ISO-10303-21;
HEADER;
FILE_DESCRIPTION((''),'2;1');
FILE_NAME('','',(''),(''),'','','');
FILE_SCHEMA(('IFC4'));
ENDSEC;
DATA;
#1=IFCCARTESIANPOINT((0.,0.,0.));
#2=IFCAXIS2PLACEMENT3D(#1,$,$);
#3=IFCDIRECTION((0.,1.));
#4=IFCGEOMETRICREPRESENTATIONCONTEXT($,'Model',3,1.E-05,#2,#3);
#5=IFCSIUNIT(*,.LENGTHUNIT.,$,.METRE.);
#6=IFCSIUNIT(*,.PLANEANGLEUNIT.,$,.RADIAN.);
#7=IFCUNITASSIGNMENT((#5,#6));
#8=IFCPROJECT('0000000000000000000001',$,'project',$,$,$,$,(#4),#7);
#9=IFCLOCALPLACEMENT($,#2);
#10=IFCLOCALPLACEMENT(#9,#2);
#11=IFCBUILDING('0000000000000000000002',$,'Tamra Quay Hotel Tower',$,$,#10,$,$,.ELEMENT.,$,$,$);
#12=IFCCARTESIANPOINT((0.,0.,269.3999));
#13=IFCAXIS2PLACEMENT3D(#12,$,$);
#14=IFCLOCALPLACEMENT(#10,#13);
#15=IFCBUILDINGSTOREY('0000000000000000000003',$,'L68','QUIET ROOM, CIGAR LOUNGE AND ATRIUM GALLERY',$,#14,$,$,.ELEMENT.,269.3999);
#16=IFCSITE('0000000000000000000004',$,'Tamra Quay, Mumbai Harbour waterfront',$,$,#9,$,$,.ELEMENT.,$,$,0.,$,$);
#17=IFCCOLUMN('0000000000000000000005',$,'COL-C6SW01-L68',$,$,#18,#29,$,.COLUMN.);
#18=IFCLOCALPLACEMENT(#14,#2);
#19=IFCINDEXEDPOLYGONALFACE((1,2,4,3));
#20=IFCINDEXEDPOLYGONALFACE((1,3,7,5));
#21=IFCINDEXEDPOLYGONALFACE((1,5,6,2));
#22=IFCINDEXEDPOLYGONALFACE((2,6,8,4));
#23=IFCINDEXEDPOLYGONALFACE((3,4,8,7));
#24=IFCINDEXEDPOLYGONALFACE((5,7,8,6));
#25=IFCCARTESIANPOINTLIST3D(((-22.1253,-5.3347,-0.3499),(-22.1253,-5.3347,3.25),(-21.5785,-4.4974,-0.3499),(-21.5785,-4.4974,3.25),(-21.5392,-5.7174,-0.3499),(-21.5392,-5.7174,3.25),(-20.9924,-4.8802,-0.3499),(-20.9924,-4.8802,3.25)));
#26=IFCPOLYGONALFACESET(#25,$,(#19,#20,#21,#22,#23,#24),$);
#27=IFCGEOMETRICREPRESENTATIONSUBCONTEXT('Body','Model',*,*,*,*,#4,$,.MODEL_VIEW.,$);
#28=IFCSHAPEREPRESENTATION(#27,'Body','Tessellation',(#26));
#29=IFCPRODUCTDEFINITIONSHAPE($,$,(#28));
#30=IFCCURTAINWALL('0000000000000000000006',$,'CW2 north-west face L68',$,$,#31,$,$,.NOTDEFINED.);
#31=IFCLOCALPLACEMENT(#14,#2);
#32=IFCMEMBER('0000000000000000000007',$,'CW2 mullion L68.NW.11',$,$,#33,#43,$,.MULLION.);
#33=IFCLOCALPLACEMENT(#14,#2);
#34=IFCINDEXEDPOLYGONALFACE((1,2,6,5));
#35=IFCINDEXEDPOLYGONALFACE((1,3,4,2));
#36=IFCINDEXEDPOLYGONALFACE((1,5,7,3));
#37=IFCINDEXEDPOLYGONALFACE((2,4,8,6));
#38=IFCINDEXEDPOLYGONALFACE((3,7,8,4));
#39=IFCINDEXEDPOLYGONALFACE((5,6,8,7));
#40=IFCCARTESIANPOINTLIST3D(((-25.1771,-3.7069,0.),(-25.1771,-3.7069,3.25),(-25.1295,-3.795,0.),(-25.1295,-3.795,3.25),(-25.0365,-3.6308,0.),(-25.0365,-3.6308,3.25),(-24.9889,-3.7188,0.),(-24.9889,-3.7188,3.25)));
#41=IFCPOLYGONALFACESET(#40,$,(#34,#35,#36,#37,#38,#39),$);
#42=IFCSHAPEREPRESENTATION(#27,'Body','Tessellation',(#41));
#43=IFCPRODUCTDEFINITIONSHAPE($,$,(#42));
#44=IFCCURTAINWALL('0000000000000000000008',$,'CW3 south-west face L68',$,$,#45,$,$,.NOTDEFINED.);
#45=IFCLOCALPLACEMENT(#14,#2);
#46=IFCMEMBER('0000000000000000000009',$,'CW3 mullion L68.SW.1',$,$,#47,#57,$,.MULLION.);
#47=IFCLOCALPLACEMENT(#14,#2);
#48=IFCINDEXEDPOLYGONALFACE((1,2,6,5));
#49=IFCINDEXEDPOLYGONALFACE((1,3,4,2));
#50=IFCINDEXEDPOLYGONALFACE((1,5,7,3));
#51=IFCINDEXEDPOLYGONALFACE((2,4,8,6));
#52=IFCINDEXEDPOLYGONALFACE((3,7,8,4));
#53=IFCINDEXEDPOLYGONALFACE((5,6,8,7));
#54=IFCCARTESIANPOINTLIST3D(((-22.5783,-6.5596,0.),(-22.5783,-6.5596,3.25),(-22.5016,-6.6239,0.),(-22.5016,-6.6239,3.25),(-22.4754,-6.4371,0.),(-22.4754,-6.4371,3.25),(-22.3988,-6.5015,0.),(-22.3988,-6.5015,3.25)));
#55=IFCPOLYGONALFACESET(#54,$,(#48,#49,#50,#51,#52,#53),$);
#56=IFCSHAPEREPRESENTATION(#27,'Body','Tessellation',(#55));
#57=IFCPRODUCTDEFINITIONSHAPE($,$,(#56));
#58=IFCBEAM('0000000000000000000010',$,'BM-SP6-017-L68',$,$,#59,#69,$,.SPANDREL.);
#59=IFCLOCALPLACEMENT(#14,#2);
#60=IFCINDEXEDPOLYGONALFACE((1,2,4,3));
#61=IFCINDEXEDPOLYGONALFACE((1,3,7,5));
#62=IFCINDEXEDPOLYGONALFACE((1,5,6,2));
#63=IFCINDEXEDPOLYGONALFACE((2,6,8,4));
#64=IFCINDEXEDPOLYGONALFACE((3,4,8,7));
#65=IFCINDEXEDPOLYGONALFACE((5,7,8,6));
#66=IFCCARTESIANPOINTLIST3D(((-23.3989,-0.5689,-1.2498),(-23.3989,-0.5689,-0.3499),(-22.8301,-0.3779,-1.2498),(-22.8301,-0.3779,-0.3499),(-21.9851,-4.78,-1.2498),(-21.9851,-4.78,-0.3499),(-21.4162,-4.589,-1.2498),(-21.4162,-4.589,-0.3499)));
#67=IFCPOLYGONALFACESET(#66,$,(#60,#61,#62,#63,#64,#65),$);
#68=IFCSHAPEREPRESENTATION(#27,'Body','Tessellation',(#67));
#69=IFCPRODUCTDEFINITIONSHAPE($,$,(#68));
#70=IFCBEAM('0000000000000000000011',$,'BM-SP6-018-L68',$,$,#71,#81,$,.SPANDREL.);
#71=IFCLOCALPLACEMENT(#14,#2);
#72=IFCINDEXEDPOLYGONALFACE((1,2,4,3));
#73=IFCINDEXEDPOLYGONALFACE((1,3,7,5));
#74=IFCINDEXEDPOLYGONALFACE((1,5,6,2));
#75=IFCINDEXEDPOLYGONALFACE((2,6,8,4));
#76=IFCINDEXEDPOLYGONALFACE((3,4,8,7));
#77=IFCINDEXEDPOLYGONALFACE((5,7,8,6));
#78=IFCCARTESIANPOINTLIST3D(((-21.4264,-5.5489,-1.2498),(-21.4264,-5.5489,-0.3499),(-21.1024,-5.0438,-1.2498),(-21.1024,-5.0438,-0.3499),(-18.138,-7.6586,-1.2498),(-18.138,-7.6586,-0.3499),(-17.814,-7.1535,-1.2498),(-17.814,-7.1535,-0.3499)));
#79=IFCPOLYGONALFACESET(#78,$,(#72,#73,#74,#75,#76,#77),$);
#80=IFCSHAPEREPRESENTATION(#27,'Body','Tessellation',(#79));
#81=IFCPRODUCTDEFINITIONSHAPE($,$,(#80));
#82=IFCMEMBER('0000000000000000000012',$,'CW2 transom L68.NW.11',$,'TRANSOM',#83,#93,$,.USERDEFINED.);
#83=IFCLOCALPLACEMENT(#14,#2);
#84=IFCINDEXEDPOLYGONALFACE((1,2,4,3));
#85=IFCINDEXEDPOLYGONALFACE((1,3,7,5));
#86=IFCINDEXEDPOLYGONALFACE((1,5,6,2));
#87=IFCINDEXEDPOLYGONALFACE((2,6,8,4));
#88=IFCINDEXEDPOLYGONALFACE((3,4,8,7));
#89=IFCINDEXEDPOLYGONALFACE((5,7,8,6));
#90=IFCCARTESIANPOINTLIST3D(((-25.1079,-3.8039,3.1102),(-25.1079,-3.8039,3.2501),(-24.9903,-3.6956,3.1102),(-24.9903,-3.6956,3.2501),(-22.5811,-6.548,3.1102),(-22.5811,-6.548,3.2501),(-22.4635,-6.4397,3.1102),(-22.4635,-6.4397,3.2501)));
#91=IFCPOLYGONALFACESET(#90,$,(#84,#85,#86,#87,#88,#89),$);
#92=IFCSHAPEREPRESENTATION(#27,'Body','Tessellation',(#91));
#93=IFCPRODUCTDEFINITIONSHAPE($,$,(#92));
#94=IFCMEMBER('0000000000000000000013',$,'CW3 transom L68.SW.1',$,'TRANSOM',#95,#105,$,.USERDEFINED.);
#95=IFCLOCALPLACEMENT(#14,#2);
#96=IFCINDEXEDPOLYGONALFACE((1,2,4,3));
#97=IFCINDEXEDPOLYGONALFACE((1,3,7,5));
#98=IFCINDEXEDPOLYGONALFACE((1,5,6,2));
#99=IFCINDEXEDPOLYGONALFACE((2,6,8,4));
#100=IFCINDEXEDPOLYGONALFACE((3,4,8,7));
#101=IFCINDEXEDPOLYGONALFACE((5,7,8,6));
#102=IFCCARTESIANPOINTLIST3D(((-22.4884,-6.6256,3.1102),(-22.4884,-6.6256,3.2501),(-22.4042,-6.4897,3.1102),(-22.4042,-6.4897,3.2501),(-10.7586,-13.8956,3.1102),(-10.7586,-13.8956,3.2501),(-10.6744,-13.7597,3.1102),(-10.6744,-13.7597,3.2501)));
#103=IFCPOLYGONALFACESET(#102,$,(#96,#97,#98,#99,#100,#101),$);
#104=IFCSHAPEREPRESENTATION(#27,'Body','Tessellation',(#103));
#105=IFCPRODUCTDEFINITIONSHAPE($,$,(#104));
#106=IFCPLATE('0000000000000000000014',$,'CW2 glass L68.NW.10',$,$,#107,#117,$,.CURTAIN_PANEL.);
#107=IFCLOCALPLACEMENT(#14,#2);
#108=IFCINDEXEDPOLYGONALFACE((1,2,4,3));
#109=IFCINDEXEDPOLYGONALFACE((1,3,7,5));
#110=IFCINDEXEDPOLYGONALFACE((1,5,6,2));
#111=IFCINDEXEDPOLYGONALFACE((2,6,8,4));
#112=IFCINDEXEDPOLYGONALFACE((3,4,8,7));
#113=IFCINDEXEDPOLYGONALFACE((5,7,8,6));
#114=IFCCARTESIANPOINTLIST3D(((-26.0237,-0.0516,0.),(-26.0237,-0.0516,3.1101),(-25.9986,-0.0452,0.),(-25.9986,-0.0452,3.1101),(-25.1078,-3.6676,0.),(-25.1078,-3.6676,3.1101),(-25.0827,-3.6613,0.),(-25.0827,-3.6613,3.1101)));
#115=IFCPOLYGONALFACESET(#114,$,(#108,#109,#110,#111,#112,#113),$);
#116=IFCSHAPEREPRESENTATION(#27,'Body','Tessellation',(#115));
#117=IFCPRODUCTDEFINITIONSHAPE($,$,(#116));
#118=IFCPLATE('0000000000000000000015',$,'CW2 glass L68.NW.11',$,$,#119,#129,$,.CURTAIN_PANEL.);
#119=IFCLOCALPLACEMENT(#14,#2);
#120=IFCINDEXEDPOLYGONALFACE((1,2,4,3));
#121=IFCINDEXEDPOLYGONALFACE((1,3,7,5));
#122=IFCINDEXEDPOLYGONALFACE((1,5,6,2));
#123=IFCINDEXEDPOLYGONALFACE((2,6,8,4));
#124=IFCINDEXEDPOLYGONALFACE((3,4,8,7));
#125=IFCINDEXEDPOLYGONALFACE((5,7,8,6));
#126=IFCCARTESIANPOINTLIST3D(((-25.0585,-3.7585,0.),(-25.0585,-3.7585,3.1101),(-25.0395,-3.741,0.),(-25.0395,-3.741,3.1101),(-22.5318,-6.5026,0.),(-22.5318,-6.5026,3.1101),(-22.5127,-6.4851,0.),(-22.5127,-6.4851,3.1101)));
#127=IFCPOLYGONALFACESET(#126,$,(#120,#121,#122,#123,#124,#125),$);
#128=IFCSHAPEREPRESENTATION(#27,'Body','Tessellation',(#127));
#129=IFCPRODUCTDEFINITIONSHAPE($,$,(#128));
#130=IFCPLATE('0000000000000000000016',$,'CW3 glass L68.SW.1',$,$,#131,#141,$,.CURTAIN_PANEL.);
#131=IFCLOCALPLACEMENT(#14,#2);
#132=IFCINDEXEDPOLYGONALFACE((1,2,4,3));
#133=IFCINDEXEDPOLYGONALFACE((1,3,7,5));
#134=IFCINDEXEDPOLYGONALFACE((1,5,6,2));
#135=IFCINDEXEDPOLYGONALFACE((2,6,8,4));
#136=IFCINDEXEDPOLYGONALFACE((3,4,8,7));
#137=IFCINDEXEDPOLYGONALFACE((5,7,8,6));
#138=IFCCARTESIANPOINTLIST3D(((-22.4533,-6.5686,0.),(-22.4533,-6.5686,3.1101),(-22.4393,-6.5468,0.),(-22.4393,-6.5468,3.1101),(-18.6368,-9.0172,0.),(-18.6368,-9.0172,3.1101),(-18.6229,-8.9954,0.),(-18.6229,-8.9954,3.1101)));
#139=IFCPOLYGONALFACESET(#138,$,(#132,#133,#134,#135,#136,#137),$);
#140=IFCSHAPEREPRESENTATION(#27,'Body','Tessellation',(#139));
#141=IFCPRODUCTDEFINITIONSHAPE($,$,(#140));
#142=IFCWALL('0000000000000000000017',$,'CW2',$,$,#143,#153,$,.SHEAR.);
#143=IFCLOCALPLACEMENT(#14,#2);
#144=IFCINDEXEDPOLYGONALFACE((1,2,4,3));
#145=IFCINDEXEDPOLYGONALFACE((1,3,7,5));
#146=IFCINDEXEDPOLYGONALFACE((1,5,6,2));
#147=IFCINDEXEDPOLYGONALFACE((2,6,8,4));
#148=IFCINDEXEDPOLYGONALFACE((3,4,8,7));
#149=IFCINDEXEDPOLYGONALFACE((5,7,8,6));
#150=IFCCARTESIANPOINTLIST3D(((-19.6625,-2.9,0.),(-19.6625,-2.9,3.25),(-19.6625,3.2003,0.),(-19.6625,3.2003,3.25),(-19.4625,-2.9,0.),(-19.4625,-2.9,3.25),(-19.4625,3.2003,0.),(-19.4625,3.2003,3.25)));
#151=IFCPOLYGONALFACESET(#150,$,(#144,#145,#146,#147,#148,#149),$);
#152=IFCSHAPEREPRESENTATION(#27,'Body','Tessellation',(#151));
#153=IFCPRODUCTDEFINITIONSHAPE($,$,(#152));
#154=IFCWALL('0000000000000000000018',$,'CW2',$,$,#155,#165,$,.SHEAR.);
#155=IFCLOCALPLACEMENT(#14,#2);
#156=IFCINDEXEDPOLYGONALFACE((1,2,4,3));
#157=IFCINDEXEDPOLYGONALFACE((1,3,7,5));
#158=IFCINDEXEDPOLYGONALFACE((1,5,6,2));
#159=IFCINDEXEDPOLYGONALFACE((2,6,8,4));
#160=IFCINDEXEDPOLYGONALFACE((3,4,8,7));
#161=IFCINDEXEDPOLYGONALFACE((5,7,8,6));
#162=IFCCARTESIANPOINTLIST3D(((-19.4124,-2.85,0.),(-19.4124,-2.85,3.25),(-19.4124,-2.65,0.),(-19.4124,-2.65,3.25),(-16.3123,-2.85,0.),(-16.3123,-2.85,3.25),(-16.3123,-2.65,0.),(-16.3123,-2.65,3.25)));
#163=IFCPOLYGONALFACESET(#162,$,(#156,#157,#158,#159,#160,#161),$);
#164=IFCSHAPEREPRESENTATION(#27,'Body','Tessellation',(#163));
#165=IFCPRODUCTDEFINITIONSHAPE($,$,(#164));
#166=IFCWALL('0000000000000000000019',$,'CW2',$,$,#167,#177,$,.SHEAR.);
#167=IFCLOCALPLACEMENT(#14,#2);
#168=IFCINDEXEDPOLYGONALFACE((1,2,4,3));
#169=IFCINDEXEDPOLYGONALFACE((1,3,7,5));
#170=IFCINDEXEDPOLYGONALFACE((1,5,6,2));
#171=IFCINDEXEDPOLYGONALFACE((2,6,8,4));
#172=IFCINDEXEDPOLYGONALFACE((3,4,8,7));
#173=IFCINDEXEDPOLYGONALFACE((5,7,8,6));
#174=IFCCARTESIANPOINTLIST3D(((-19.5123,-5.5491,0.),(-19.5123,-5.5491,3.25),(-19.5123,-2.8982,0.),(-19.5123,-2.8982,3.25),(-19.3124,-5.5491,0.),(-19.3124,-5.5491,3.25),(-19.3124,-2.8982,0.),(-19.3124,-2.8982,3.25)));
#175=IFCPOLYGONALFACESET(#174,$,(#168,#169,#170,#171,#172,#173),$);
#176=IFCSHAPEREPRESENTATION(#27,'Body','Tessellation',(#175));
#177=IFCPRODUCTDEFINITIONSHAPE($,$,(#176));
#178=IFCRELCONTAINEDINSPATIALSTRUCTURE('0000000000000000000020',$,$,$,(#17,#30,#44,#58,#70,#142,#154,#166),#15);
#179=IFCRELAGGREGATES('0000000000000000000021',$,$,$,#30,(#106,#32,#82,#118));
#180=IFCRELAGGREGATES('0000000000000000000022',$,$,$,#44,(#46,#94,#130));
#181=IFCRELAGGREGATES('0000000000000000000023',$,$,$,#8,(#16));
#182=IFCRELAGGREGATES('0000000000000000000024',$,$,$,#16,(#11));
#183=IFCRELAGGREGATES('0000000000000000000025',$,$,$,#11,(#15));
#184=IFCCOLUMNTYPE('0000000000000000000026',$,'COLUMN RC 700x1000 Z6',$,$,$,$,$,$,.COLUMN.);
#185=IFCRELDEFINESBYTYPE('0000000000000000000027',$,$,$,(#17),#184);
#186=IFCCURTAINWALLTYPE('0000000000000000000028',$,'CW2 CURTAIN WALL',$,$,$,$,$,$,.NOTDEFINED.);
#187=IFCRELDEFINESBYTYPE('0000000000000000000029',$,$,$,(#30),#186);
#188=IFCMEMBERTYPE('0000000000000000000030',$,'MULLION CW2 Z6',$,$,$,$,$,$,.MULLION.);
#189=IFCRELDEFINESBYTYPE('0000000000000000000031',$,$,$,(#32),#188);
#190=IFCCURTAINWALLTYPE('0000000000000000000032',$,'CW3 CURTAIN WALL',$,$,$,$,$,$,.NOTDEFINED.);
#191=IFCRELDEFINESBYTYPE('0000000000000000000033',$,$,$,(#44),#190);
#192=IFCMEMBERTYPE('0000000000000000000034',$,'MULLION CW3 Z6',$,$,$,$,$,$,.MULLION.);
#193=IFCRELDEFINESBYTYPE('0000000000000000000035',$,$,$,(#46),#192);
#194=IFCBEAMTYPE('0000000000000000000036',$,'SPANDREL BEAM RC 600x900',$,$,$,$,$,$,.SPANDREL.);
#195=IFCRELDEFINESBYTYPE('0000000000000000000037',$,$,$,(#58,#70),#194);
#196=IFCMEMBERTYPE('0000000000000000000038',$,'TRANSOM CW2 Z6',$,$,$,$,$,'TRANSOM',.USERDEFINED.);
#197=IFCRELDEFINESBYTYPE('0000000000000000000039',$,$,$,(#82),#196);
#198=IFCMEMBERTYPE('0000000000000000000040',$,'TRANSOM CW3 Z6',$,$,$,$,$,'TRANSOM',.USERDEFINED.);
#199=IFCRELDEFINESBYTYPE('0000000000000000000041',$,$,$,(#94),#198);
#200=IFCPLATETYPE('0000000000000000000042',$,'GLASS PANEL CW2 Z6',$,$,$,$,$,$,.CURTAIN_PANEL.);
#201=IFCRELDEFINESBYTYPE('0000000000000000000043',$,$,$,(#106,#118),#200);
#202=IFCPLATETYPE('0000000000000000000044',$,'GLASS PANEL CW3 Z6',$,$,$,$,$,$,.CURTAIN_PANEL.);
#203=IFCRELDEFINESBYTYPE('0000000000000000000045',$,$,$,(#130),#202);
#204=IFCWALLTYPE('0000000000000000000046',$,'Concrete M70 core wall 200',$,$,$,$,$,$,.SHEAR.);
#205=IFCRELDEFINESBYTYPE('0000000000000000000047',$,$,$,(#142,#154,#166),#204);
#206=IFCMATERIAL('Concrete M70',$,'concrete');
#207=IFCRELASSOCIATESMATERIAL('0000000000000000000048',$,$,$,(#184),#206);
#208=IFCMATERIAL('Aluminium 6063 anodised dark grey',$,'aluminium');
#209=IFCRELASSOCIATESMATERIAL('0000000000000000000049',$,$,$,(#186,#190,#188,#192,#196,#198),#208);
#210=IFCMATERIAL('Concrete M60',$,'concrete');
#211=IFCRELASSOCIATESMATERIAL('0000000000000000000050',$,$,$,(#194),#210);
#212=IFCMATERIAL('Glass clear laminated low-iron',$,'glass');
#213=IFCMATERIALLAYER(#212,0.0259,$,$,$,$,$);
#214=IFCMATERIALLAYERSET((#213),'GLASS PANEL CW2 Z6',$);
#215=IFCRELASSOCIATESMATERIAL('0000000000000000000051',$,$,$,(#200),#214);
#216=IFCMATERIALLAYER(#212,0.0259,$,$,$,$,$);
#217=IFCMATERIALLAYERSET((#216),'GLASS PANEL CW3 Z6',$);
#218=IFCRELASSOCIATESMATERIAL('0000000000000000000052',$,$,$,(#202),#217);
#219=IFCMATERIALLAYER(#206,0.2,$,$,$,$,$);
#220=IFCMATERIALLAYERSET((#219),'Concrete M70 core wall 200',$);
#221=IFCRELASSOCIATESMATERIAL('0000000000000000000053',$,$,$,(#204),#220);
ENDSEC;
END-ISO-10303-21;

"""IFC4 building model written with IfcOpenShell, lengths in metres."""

from ifc_helpers import new_model, si_unit, direction, frame, frame_2d, origin, origin_2d, place, context, subcontext, project, spatial, rectangle, extrude, material, layer, layer_set, material_profile, profile_set, type_object, element, aggregate, save


model = new_model("IFC4")

# Units and contexts
model_context = context("Model", 3, precision=1e-05, world=origin(), true_north=direction((0.0, 1.0)))
body_context = subcontext(model_context, "Body", "Model", "MODEL_VIEW")
ifc_project = project(units=[si_unit("LENGTHUNIT", "METRE"), si_unit("PLANEANGLEUNIT", "RADIAN")], contexts=[model_context])

# Site, building, storey
site_placement = place(None, origin())
site = spatial("IfcSite", under=ifc_project, at=site_placement, Name="Tamra Quay, Mumbai Harbour waterfront", CompositionType="ELEMENT", RefElevation=0.0)
building_placement = place(site_placement, origin())
building = spatial("IfcBuilding", under=site, at=building_placement, Name="Tamra Quay Hotel Tower", CompositionType="ELEMENT")
storey_placement = place(building_placement, frame((0.0, 0.0, 269.3999)))
storey = spatial("IfcBuildingStorey", under=building, at=storey_placement, Name="L68", Description="QUIET ROOM, CIGAR LOUNGE AND ATRIUM GALLERY", CompositionType="ELEMENT", Elevation=269.3999)

# Column
ifc_material_1 = material(Name="Concrete M70", Category="concrete")
ifc_material_profile_1 = material_profile(ifc_material_1, rectangle(XDim=1.0, YDim=0.7, at=origin_2d()), Name="COLUMN RC 700x1000 Z6")
ifc_profile_set_1 = profile_set([ifc_material_profile_1], Name="Concrete M70")
column_type = type_object("IfcColumnType", Name="COLUMN RC 700x1000 Z6", PredefinedType="COLUMN", material=ifc_profile_set_1)
column_placement = place(storey_placement, frame((-21.5588, -5.1074, -0.3499), z_axis=(0.0, 0.0, 1.0), x_axis=(0.546805, 0.83726, 0.0)))
element("IfcColumn", 1, at=column_placement, inside=storey, type_object=column_type, Name="COL-C6SW01-L68", PredefinedType="COLUMN", context=body_context, shape_type="SweptSolid", body=[
    extrude(rectangle(XDim=1.0, YDim=0.7, at=origin_2d()), origin(), (0.0, 0.0, 1.0), 3.5999),
])

# Curtain walls, members
ifc_material_2 = material(Name="Aluminium 6063 anodised dark grey", Category="aluminium")
curtain_wall_type_1 = type_object("IfcCurtainWallType", Name="CW2 CURTAIN WALL", PredefinedType="NOTDEFINED", material=ifc_material_2)
curtain_wall_1_placement = place(storey_placement, origin())
curtain_wall_1 = element("IfcCurtainWall", 2, at=curtain_wall_1_placement, inside=storey, type_object=curtain_wall_type_1, Name="CW2 north-west face L68", PredefinedType="NOTDEFINED")
ifc_material_profile_2 = material_profile(ifc_material_2, rectangle(XDim=0.1599, YDim=0.1001, at=origin_2d()), Name="MULLION 100X160")
ifc_profile_set_2 = profile_set([ifc_material_profile_2], Name="Aluminium 6063 anodised dark grey")
member_type_1 = type_object("IfcMemberType", Name="MULLION CW2 Z6", PredefinedType="MULLION", material=ifc_profile_set_2)
member_1_placement = place(storey_placement, frame((-25.083, -3.7129, 0.0), z_axis=(0.0, 0.0, 1.0), x_axis=(-0.879433, -0.476023, 0.0)))
member_1 = element("IfcMember", 3, at=member_1_placement, type_object=member_type_1, Name="CW2 mullion L68.NW.11", PredefinedType="MULLION", context=body_context, shape_type="SweptSolid", body=[
    extrude(rectangle(XDim=0.1599, YDim=0.1001, at=origin_2d()), origin(), (0.0, 0.0, 1.0), 3.25),
])
curtain_wall_type_2 = type_object("IfcCurtainWallType", Name="CW3 CURTAIN WALL", PredefinedType="NOTDEFINED", material=ifc_material_2)
curtain_wall_2_placement = place(storey_placement, origin())
curtain_wall_2 = element("IfcCurtainWall", 4, at=curtain_wall_2_placement, inside=storey, type_object=curtain_wall_type_2, Name="CW3 south-west face L68", PredefinedType="NOTDEFINED")
ifc_material_profile_3 = material_profile(ifc_material_2, rectangle(XDim=0.1599, YDim=0.1001, at=origin_2d()), Name="MULLION 100X160")
ifc_profile_set_3 = profile_set([ifc_material_profile_3], Name="Aluminium 6063 anodised dark grey")
member_type_2 = type_object("IfcMemberType", Name="MULLION CW3 Z6", PredefinedType="MULLION", material=ifc_profile_set_3)
member_2_placement = place(storey_placement, frame((-22.4885, -6.5305, 0.0), z_axis=(0.0, 0.0, 1.0), x_axis=(-0.643086, -0.765794, 0.0)))
member_2 = element("IfcMember", 5, at=member_2_placement, type_object=member_type_2, Name="CW3 mullion L68.SW.1", PredefinedType="MULLION", context=body_context, shape_type="SweptSolid", body=[
    extrude(rectangle(XDim=0.1599, YDim=0.1001, at=origin_2d()), origin(), (0.0, 0.0, 1.0), 3.25),
])

# Beams
ifc_material_3 = material(Name="Concrete M60", Category="concrete")
ifc_material_profile_4 = material_profile(ifc_material_3, rectangle(XDim=0.6001, YDim=0.8999, at=origin_2d()), Name="SPANDREL BEAM RC 600x900")
ifc_profile_set_4 = profile_set([ifc_material_profile_4], Name="Concrete M60")
beam_type = type_object("IfcBeamType", Name="SPANDREL BEAM RC 600x900", PredefinedType="SPANDREL", material=ifc_profile_set_4)
beam_1_placement = place(storey_placement, frame((-23.1145, -0.4734, -0.7998), z_axis=(0.318272, -0.948, 0.0), x_axis=(0.948, 0.318272, 0.0)))
element("IfcBeam", 6, at=beam_1_placement, inside=storey, type_object=beam_type, Name="BM-SP6-017-L68", PredefinedType="SPANDREL", context=body_context, shape_type="SweptSolid", body=[
    extrude(rectangle(XDim=0.6001, YDim=0.8999, at=origin_2d()), origin(), (0.0, 0.0, 1.0), 4.4421),
])
beam_2_placement = place(storey_placement, frame((-21.2644, -5.2964, -0.7998), z_axis=(0.84168, -0.539977, 0.0), x_axis=(0.539977, 0.84168, 0.0)))
element("IfcBeam", 7, at=beam_2_placement, inside=storey, type_object=beam_type, Name="BM-SP6-018-L68", PredefinedType="SPANDREL", context=body_context, shape_type="SweptSolid", body=[
    extrude(rectangle(XDim=0.6001, YDim=0.8999, at=origin_2d()), origin(), (0.0, 0.0, 1.0), 3.907),
])

# Members
ifc_material_profile_5 = material_profile(ifc_material_2, rectangle(XDim=0.1599, YDim=0.1399, at=origin_2d()), Name="TRANSOM 160X140")
ifc_profile_set_5 = profile_set([ifc_material_profile_5], Name="Aluminium 6063 anodised dark grey")
member_type_3 = type_object("IfcMemberType", Name="TRANSOM CW2 Z6", ElementType="TRANSOM", PredefinedType="USERDEFINED", material=ifc_profile_set_5)
member_3_placement = place(storey_placement, frame((-25.0491, -3.7498, 3.1802), z_axis=(0.677383, -0.735631, 0.0), x_axis=(0.735631, 0.677383, 0.0)))
member_3 = element("IfcMember", 8, at=member_3_placement, type_object=member_type_3, Name="CW2 transom L68.NW.11", ObjectType="TRANSOM", PredefinedType="USERDEFINED", context=body_context, shape_type="SweptSolid", body=[
    extrude(rectangle(XDim=0.1599, YDim=0.1399, at=origin_2d()), origin(), (0.0, 0.0, 1.0), 3.7302),
])
ifc_material_profile_6 = material_profile(ifc_material_2, rectangle(XDim=0.1599, YDim=0.1399, at=origin_2d()), Name="TRANSOM 160X140")
ifc_profile_set_6 = profile_set([ifc_material_profile_6], Name="Aluminium 6063 anodised dark grey")
member_type_4 = type_object("IfcMemberType", Name="TRANSOM CW3 Z6", ElementType="TRANSOM", PredefinedType="USERDEFINED", material=ifc_profile_set_6)
member_4_placement = place(storey_placement, frame((-22.4463, -6.5576, 3.1802), z_axis=(0.849981, -0.526813, 0.0), x_axis=(0.526813, 0.849981, 0.0)))
member_4 = element("IfcMember", 9, at=member_4_placement, type_object=member_type_4, Name="CW3 transom L68.SW.1", ObjectType="TRANSOM", PredefinedType="USERDEFINED", context=body_context, shape_type="SweptSolid", body=[
    extrude(rectangle(XDim=0.1599, YDim=0.1399, at=origin_2d()), origin(), (0.0, 0.0, 1.0), 13.8),
])

# Plates
ifc_material_4 = material(Name="Glass clear laminated low-iron", Category="glass")
ifc_layer_1 = layer(ifc_material_4, 0.0259)
ifc_layer_set_1 = layer_set([ifc_layer_1], Name="GLASS PANEL CW2 Z6")
plate_type_1 = type_object("IfcPlateType", Name="GLASS PANEL CW2 Z6", PredefinedType="CURTAIN_PANEL", material=ifc_layer_set_1)
plate_1_placement = place(storey_placement, frame((-25.5532, -1.8564, 0.0), z_axis=(0.0, 0.0, 1.0), x_axis=(0.245527, -0.96939, 0.0)))
plate_1 = element("IfcPlate", 10, at=plate_1_placement, type_object=plate_type_1, Name="CW2 glass L68.NW.10", PredefinedType="CURTAIN_PANEL", context=body_context, shape_type="SweptSolid", body=[
    extrude(rectangle(XDim=3.7302, YDim=0.0259, at=origin_2d()), origin(), (0.0, 0.0, 1.0), 3.1101),
])
plate_2_placement = place(storey_placement, frame((-23.7856, -5.1218, 0.0), z_axis=(0.0, 0.0, 1.0), x_axis=(0.677376, -0.735637, 0.0)))
plate_2 = element("IfcPlate", 11, at=plate_2_placement, type_object=plate_type_1, Name="CW2 glass L68.NW.11", PredefinedType="CURTAIN_PANEL", context=body_context, shape_type="SweptSolid", body=[
    extrude(rectangle(XDim=3.7302, YDim=0.0259, at=origin_2d()), origin(), (0.0, 0.0, 1.0), 3.1101),
])
aggregate(curtain_wall_1, [plate_1, member_1, member_3, plate_2])
ifc_layer_2 = layer(ifc_material_4, 0.0259)
ifc_layer_set_2 = layer_set([ifc_layer_2], Name="GLASS PANEL CW3 Z6")
plate_type_2 = type_object("IfcPlateType", Name="GLASS PANEL CW3 Z6", PredefinedType="CURTAIN_PANEL", material=ifc_layer_set_2)
plate_3_placement = place(storey_placement, frame((-20.5381, -7.782, 0.0), z_axis=(0.0, 0.0, 1.0), x_axis=(0.841665, -0.54, 0.0)))
plate_3 = element("IfcPlate", 12, at=plate_3_placement, type_object=plate_type_2, Name="CW3 glass L68.SW.1", PredefinedType="CURTAIN_PANEL", context=body_context, shape_type="SweptSolid", body=[
    extrude(rectangle(XDim=4.5344, YDim=0.0259, at=origin_2d()), origin(), (0.0, 0.0, 1.0), 3.1101),
])
aggregate(curtain_wall_2, [member_2, member_4, plate_3])

# Walls
ifc_layer_3 = layer(ifc_material_1, 0.2)
ifc_layer_set_3 = layer_set([ifc_layer_3], Name="Concrete M70 core wall 200")
wall_type_1 = type_object("IfcWallType", Name="Concrete M70 core wall 200", PredefinedType="SHEAR", material=ifc_layer_set_3)
wall_1_placement = place(storey_placement, frame((-19.5625, -2.9001, 0.0), z_axis=(0.0, 0.0, 1.0), x_axis=(0.0, 1.0, 0.0)))
element("IfcWall", 13, at=wall_1_placement, inside=storey, type_object=wall_type_1, Name="CW2", PredefinedType="SHEAR", context=body_context, shape_type="SweptSolid", body=[
    extrude(rectangle(XDim=6.1003, YDim=0.2, at=frame_2d((3.0503, 0.0))), origin(), (0.0, 0.0, 1.0), 3.25),
])
wall_2_placement = place(storey_placement, frame((-19.4124, -2.75, 0.0), z_axis=(0.0, 0.0, 1.0), x_axis=(1.0, 0.0, 0.0)))
element("IfcWall", 14, at=wall_2_placement, inside=storey, type_object=wall_type_1, Name="CW2", PredefinedType="SHEAR", context=body_context, shape_type="SweptSolid", body=[
    extrude(rectangle(XDim=3.1001, YDim=0.2, at=frame_2d((1.55, 0.0))), origin(), (0.0, 0.0, 1.0), 3.25),
])
wall_3_placement = place(storey_placement, frame((-19.4124, -5.5491, 0.0), z_axis=(0.0, 0.0, 1.0), x_axis=(0.0, 1.0, 0.0)))
element("IfcWall", 15, at=wall_3_placement, inside=storey, type_object=wall_type_1, Name="CW2", PredefinedType="SHEAR", context=body_context, shape_type="SweptSolid", body=[
    extrude(rectangle(XDim=2.6509, YDim=0.2, at=frame_2d((1.3254, 0.0))), origin(), (0.0, 0.0, 1.0), 3.25),
])

save(model, "model.ifc")
